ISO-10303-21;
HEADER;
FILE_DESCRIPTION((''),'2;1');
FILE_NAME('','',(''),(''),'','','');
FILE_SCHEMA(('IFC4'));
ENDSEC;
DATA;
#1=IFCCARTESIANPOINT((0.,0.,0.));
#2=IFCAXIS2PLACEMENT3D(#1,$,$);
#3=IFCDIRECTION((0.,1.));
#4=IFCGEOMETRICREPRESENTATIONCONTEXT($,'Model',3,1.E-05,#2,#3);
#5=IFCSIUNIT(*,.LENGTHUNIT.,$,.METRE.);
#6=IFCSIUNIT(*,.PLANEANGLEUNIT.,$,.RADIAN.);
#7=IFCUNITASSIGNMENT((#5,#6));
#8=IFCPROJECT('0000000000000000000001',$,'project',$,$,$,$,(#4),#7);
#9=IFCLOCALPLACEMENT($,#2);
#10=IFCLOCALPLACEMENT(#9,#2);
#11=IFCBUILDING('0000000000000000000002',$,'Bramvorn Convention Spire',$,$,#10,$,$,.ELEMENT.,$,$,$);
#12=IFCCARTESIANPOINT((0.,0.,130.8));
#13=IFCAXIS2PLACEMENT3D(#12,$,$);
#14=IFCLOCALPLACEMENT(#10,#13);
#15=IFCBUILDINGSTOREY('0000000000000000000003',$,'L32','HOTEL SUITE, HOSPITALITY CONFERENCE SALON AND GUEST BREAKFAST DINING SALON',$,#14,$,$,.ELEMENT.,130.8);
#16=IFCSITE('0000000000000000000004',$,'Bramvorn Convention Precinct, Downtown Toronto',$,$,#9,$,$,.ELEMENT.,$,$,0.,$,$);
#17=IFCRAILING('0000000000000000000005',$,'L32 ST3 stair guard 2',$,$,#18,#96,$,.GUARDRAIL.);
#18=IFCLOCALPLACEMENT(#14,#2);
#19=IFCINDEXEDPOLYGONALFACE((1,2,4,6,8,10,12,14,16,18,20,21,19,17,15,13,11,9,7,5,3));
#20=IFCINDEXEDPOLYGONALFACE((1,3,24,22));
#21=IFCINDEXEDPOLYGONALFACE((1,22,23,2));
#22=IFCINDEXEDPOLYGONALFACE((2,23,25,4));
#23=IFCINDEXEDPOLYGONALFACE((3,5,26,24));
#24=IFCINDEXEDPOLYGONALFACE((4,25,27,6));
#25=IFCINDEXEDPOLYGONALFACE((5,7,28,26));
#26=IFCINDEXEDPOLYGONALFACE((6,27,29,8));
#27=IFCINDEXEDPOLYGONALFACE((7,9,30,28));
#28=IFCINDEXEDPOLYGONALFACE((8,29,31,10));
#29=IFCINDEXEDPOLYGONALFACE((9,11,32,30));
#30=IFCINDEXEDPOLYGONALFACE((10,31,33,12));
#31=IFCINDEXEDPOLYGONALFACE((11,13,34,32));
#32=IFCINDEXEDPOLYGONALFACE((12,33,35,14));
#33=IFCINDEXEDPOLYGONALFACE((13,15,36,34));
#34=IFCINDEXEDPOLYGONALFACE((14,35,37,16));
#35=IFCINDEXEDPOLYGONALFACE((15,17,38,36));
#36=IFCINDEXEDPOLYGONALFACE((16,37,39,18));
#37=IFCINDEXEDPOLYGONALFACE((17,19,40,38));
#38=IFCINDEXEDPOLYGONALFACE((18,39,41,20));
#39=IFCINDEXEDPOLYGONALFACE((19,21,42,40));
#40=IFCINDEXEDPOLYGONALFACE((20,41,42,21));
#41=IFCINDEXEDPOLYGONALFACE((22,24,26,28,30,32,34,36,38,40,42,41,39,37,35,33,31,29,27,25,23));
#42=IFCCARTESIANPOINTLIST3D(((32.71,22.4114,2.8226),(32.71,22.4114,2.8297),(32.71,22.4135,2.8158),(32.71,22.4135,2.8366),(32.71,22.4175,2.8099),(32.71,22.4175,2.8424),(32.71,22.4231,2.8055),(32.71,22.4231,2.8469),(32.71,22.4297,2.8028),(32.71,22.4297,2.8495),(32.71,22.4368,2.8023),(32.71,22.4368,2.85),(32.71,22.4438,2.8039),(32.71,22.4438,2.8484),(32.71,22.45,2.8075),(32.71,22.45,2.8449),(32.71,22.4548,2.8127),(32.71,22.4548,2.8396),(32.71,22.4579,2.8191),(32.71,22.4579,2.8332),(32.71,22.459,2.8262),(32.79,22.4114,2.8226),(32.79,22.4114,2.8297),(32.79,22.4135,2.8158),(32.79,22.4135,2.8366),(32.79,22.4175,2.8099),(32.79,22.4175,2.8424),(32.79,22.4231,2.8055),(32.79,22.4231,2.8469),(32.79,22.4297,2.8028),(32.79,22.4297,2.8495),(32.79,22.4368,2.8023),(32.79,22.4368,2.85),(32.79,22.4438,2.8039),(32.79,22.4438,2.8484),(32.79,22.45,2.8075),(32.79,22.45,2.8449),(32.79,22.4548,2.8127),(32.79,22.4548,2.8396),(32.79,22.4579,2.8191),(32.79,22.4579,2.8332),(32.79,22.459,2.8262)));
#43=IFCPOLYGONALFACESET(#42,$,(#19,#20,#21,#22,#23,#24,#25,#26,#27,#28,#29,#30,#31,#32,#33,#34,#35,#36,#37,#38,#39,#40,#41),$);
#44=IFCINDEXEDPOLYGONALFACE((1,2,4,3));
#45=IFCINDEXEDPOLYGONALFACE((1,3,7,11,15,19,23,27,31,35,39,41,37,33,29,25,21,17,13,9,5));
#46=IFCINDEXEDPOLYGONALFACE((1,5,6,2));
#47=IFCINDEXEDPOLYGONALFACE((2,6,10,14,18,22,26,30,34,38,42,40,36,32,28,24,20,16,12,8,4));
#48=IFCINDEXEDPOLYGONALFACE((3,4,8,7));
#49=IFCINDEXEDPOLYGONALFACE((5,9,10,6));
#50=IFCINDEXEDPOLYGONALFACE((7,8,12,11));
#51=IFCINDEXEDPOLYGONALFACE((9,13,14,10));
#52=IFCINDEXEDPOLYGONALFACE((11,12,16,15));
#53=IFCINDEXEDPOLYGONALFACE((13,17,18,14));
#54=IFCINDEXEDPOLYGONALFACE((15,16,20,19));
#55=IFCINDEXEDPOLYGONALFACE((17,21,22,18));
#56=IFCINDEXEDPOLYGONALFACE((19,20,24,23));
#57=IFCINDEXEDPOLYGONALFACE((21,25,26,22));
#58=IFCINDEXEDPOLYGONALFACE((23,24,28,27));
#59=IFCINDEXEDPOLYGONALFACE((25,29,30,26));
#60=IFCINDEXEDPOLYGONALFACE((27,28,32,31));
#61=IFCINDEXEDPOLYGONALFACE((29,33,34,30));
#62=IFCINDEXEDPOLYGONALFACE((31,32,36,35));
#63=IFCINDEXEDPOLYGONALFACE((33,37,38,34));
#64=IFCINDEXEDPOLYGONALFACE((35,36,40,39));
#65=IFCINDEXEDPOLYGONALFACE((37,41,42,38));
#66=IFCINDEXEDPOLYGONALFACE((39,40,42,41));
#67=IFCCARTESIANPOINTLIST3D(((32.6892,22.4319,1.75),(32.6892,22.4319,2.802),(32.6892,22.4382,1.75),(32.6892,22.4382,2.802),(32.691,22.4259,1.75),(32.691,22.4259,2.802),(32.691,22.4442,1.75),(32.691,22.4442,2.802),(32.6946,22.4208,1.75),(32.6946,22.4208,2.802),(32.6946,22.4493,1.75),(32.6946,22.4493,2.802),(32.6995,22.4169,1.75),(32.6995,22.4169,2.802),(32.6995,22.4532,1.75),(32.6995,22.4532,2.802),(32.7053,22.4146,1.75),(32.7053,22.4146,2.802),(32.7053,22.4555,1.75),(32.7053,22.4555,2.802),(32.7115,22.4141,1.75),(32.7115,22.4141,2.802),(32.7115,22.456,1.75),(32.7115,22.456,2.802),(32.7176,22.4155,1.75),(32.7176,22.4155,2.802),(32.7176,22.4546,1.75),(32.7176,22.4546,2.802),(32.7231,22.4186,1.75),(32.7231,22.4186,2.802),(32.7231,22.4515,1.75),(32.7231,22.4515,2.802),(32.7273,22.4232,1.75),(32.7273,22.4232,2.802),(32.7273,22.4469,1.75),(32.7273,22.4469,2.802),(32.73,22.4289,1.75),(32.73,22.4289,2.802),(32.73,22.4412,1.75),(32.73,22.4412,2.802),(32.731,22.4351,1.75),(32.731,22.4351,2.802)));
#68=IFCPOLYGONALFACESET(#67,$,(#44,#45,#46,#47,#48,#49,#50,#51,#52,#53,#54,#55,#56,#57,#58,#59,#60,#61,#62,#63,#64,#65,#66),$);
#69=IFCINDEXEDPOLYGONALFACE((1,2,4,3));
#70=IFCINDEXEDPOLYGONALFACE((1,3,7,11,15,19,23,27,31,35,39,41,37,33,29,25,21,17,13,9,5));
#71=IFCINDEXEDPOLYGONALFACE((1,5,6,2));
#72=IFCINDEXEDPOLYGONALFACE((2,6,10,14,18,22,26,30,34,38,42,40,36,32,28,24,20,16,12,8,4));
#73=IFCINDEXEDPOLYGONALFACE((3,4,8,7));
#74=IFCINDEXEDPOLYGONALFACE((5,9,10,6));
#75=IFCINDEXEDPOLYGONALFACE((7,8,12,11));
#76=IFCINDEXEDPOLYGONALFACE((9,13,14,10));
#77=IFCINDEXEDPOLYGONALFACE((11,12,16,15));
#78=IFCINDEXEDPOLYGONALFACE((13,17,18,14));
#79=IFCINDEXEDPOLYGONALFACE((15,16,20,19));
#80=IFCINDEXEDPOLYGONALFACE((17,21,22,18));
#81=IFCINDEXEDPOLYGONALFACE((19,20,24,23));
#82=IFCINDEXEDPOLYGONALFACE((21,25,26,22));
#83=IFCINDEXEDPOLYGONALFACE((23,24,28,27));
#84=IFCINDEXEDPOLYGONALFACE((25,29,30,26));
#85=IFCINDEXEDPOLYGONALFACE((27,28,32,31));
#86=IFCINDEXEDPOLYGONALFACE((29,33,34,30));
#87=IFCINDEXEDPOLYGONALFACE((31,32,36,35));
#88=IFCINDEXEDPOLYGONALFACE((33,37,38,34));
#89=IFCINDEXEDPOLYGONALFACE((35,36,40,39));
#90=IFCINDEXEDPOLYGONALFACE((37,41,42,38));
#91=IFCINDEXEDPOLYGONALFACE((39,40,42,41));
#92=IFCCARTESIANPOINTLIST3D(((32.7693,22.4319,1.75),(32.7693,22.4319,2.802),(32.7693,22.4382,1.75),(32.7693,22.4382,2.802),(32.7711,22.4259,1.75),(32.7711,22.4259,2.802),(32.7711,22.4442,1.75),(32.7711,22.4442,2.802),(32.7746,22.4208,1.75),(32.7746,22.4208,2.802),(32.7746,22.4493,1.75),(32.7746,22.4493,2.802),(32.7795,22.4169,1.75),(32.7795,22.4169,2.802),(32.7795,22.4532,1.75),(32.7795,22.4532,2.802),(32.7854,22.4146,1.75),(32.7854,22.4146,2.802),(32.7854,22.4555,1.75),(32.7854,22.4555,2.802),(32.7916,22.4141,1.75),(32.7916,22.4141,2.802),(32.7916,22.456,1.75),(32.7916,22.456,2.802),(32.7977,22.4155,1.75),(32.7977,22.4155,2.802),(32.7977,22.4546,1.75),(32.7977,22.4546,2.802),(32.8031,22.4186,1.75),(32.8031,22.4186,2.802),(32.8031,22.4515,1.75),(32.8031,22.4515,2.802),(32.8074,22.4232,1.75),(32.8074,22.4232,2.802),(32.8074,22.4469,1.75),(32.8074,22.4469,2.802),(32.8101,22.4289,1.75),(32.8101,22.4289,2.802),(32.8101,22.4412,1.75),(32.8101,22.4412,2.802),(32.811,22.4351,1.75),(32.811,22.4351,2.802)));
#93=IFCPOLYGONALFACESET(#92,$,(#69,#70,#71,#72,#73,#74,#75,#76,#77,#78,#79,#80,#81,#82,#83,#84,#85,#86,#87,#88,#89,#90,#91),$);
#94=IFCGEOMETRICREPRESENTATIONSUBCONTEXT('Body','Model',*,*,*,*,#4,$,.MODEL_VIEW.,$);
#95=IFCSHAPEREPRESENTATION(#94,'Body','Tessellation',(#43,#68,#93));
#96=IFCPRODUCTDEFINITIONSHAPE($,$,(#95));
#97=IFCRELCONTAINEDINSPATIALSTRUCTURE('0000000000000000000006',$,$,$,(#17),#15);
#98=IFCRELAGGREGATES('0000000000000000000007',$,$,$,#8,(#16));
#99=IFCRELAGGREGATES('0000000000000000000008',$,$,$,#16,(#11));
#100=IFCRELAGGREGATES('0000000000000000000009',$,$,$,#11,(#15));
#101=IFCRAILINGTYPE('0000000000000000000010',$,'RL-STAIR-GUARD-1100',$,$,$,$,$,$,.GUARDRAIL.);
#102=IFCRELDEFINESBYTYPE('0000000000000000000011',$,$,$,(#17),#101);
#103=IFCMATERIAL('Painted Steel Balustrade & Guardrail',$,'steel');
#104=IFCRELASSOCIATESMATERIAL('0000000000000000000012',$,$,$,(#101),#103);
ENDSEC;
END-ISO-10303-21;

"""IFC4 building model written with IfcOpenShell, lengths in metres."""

from ifc_helpers import new_model, si_unit, direction, frame, origin, origin_2d, place, context, subcontext, project, spatial, circle, extrude, material, type_object, element, save


model = new_model("IFC4")

# Units and contexts
model_context = context("Model", 3, precision=1e-05, world=origin(), true_north=direction((0.0, 1.0)))
body_context = subcontext(model_context, "Body", "Model", "MODEL_VIEW")
ifc_project = project(units=[si_unit("LENGTHUNIT", "METRE"), si_unit("PLANEANGLEUNIT", "RADIAN")], contexts=[model_context])

# Site, building, storey
site_placement = place(None, origin())
site = spatial("IfcSite", under=ifc_project, at=site_placement, Name="Bramvorn Convention Precinct, Downtown Toronto", CompositionType="ELEMENT", RefElevation=0.0)
building_placement = place(site_placement, origin())
building = spatial("IfcBuilding", under=site, at=building_placement, Name="Bramvorn Convention Spire", CompositionType="ELEMENT")
storey_placement = place(building_placement, frame((0.0, 0.0, 130.8)))
storey = spatial("IfcBuildingStorey", under=building, at=storey_placement, Name="L32", Description="HOTEL SUITE, HOSPITALITY CONFERENCE SALON AND GUEST BREAKFAST DINING SALON", CompositionType="ELEMENT", Elevation=130.8)

# Railing
ifc_material_1 = material(Name="Painted Steel Balustrade & Guardrail", Category="steel")
railing_type_1 = type_object("IfcRailingType", Name="RL-STAIR-GUARD-1100", PredefinedType="GUARDRAIL", material=ifc_material_1)
railing_1_placement = place(storey_placement, frame((32.71, 22.4351, 1.75)))
element("IfcRailing", 1, at=railing_1_placement, inside=storey, type_object=railing_type_1, Name="L32 ST3 stair guard 2", PredefinedType="GUARDRAIL", context=body_context, shape_type="SweptSolid", body=[
    extrude(circle(Radius=0.0239, at=origin_2d()), frame((0.0, 0.0, 1.0762), z_axis=(1.0, 0.0, 0.0), x_axis=(0.0, 1.0, 0.0)), (0.0, 0.0, 1.0), 0.0801),
    extrude(circle(Radius=0.021, at=origin_2d()), origin(), (0.0, 0.0, 1.0), 1.052),
    extrude(circle(Radius=0.021, at=origin_2d()), frame((0.0801, 0.0, 0.0)), (0.0, 0.0, 1.0), 1.052),
])

save(model, "model.ifc")
